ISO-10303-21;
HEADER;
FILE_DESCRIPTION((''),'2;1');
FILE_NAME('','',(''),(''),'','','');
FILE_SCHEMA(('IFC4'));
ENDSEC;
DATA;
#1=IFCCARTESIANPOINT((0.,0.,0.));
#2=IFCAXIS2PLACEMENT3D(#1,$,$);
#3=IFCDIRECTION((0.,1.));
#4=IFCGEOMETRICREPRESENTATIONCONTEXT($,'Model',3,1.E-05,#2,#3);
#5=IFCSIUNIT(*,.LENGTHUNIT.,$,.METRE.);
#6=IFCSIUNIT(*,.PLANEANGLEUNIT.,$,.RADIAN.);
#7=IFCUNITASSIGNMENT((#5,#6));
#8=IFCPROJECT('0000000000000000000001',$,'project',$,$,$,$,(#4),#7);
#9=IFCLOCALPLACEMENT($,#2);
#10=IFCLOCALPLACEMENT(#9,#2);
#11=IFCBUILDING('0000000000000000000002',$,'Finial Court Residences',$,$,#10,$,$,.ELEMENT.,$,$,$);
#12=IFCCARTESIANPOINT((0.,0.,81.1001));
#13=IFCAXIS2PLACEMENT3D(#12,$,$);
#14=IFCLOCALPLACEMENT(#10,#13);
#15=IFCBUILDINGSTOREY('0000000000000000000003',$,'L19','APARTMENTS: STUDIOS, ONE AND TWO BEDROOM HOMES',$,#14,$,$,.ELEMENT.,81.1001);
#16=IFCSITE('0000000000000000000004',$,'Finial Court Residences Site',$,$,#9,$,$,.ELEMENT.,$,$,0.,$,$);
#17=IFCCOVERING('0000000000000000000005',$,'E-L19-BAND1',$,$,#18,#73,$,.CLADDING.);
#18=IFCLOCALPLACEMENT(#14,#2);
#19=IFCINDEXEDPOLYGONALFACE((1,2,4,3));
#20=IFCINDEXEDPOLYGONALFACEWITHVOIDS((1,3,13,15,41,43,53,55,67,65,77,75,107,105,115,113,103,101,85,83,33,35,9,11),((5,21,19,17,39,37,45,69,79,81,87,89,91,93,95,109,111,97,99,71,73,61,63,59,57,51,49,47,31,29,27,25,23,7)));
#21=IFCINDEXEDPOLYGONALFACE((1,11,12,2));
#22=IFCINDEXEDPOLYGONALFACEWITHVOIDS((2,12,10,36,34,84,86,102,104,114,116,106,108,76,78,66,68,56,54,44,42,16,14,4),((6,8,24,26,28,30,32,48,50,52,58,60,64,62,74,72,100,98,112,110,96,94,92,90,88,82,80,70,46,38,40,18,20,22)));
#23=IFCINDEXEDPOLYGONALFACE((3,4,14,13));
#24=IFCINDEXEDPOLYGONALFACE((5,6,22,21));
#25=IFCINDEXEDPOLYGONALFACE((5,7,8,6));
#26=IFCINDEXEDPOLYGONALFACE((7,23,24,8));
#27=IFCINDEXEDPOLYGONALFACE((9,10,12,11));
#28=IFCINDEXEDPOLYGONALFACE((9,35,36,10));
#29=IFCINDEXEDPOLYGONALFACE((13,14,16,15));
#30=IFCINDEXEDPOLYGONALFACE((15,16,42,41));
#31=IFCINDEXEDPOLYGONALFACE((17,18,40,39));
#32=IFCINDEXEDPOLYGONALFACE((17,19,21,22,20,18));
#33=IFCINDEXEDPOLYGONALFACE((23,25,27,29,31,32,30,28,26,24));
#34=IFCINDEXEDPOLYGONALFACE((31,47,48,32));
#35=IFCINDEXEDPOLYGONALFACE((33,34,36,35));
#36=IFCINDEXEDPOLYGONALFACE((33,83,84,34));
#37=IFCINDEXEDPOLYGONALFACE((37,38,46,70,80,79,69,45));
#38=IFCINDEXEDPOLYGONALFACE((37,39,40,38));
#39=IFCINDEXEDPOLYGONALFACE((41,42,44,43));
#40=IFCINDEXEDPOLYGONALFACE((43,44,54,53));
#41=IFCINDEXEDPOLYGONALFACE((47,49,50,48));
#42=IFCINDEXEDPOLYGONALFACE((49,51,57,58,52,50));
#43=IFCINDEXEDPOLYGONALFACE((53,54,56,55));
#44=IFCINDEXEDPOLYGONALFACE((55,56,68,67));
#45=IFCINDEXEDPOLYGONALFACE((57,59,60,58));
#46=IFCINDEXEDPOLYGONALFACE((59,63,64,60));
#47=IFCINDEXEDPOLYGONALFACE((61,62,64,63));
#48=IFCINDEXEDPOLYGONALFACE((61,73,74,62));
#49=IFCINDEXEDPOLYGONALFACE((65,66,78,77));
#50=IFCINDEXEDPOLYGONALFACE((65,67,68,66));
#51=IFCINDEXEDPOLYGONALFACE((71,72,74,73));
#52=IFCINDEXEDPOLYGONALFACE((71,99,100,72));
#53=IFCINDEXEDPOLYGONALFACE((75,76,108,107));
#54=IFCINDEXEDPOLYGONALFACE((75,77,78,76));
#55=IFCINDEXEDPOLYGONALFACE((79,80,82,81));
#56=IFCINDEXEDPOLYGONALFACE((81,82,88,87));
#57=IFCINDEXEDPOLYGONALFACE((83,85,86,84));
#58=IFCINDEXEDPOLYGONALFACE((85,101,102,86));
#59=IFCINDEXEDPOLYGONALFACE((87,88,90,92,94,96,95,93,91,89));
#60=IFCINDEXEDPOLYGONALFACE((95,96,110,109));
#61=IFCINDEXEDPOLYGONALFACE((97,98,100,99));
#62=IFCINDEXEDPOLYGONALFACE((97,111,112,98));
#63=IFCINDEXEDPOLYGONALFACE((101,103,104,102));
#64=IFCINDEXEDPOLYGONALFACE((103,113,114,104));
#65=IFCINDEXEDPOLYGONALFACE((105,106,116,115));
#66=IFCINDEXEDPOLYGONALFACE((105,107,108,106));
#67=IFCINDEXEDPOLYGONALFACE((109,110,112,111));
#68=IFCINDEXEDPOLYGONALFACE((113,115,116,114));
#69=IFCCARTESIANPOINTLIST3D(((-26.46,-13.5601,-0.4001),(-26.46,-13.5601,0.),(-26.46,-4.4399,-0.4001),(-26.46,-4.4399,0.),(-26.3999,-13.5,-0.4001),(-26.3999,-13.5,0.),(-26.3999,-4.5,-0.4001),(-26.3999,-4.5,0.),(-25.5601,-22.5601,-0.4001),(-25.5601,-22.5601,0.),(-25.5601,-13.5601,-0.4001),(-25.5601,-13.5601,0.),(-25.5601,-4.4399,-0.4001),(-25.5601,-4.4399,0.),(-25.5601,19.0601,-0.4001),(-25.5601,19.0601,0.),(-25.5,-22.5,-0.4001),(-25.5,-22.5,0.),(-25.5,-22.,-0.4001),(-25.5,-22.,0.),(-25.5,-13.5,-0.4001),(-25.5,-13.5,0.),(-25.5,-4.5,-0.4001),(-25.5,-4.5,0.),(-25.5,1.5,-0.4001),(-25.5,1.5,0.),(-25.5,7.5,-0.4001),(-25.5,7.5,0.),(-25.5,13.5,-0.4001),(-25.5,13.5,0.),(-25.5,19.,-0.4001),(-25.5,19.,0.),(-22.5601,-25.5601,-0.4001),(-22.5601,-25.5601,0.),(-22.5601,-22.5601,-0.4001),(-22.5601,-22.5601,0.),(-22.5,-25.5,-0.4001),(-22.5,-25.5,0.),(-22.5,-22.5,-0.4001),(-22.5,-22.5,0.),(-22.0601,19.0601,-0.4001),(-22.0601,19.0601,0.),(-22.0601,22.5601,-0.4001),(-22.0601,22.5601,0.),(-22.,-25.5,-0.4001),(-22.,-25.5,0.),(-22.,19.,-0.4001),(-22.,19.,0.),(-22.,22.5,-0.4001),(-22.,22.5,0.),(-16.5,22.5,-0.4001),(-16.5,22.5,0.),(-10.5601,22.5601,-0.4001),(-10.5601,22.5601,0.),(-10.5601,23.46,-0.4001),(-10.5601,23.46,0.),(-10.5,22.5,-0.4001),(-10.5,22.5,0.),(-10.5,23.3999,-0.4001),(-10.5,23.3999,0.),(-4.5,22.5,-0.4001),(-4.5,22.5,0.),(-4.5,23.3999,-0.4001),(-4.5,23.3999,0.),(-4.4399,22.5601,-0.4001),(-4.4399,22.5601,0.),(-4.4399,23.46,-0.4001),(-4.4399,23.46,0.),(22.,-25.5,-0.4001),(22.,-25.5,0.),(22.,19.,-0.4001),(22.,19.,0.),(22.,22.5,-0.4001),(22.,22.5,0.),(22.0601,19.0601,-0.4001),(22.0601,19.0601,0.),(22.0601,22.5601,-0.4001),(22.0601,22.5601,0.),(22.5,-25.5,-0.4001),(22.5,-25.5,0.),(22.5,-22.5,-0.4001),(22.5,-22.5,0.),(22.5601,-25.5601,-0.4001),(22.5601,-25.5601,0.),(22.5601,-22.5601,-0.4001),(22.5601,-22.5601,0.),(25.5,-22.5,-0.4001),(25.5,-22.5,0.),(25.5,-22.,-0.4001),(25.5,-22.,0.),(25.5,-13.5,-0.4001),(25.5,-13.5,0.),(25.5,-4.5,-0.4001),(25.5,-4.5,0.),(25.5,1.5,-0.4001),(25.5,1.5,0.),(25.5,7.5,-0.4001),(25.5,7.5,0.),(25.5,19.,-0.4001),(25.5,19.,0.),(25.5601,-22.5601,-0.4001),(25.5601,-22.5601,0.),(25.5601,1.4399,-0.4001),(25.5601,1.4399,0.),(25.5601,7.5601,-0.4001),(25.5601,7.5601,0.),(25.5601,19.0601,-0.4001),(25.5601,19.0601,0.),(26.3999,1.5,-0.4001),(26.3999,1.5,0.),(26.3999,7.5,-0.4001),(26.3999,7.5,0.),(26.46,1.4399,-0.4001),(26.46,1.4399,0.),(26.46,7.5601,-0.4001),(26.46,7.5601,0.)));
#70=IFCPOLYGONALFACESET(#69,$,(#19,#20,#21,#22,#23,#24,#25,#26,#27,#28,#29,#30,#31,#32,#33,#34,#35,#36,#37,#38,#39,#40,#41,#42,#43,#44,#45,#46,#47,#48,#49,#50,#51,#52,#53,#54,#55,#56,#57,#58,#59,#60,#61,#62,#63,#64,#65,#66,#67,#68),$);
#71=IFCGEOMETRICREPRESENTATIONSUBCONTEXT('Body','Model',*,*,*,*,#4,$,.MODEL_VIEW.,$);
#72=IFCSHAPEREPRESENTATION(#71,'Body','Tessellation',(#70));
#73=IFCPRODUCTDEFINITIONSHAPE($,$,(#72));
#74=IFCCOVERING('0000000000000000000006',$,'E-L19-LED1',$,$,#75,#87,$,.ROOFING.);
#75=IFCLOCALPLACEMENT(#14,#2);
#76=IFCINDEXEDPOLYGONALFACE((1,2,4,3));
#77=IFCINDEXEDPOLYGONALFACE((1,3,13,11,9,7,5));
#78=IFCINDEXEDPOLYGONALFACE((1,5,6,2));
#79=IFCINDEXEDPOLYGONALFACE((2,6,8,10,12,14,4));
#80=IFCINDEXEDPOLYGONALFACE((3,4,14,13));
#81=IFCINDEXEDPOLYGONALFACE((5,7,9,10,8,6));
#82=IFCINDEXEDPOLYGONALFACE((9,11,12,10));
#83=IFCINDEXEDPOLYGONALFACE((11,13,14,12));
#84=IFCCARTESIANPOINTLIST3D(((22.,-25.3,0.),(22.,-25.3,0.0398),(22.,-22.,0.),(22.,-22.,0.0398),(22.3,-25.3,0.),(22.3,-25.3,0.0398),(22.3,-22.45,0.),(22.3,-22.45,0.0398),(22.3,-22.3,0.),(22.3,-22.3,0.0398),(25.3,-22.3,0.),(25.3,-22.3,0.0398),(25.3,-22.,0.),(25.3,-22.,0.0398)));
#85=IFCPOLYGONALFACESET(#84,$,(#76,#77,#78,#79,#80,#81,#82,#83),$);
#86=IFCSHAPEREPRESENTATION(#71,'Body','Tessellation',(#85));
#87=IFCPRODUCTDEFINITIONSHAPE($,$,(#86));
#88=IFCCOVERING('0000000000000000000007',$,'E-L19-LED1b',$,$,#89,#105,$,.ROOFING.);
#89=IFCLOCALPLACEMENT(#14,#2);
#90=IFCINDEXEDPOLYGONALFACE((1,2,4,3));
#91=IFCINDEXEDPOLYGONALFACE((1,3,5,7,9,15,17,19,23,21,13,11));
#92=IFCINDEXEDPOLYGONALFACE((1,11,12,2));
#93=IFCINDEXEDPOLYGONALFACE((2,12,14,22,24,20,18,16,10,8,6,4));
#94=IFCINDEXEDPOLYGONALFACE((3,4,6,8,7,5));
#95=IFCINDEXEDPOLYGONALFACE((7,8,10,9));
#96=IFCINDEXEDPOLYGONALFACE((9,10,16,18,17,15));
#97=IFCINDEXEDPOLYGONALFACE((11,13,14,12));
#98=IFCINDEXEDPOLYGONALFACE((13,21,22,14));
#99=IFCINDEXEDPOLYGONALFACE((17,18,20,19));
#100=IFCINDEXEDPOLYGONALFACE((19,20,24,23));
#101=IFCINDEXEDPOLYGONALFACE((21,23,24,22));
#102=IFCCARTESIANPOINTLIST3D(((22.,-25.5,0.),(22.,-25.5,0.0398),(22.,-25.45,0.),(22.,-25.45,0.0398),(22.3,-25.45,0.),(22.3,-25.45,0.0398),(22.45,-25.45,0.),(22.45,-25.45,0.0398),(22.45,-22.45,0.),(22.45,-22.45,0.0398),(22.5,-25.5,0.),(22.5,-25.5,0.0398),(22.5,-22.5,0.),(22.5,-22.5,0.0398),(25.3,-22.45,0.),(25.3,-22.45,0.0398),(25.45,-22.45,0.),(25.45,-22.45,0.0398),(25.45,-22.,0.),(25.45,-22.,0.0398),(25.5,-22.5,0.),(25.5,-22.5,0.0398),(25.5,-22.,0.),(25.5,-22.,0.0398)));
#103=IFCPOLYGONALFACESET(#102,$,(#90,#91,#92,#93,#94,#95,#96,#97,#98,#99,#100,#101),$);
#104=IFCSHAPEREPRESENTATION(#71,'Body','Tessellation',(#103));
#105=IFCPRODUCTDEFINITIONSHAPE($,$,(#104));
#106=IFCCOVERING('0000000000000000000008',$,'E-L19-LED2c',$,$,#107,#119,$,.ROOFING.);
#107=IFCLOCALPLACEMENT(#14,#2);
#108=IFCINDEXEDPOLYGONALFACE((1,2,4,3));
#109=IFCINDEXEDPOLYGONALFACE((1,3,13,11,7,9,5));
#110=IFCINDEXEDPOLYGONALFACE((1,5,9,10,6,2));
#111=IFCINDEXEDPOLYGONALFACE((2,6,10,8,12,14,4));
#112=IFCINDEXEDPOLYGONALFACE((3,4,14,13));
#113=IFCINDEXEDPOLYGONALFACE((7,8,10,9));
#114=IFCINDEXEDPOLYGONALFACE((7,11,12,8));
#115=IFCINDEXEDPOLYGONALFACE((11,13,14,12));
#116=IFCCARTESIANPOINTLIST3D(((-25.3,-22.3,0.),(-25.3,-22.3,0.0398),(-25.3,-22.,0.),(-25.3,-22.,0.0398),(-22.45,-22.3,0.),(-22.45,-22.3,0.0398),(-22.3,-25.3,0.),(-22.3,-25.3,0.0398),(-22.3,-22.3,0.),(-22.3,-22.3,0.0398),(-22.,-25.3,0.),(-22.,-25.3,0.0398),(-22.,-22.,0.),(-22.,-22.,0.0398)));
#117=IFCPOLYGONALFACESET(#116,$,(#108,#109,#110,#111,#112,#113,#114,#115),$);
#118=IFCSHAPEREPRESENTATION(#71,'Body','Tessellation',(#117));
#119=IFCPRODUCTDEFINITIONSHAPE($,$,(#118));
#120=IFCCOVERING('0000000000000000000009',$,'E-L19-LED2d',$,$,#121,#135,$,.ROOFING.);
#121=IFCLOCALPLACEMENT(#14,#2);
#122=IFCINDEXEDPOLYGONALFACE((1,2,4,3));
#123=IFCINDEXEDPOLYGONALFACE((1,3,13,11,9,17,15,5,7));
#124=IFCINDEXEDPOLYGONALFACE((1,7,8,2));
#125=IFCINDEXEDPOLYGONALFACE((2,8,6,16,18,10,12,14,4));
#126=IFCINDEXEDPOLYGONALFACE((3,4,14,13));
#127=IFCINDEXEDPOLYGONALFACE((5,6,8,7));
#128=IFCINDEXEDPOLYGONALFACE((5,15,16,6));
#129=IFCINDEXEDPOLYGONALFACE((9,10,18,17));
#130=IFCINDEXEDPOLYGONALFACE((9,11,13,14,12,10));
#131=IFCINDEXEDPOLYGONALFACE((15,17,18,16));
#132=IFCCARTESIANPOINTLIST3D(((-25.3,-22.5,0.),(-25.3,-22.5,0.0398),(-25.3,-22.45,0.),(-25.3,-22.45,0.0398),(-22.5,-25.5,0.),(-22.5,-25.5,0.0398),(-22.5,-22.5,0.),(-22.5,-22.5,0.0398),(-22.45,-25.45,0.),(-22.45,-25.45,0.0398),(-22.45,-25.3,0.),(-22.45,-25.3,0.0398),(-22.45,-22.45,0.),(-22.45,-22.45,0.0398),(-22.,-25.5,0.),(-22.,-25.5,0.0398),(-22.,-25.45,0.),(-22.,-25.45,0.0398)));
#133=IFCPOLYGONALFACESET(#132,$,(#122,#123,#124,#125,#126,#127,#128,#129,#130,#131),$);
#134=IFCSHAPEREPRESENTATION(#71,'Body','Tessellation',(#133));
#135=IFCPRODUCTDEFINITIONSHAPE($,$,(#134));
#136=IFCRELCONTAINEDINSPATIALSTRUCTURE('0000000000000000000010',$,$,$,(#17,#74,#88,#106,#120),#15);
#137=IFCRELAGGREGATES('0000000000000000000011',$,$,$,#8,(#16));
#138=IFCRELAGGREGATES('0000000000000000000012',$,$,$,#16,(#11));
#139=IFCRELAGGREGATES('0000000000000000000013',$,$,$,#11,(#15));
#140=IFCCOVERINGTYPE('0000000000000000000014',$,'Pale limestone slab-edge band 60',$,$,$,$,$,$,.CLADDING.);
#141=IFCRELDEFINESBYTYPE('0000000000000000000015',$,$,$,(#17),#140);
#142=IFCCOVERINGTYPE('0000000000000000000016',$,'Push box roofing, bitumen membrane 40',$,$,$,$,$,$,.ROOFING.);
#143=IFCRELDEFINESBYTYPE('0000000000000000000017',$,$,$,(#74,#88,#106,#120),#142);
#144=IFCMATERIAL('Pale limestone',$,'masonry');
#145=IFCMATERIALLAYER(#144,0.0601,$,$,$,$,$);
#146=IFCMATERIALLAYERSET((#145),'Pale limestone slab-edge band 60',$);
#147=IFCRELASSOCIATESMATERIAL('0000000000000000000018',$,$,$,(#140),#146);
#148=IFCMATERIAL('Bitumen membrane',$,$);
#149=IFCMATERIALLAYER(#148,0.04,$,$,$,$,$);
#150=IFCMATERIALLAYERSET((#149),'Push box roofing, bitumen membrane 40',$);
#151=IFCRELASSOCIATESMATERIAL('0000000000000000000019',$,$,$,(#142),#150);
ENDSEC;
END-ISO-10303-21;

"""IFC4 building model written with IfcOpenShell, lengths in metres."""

from ifc_helpers import new_model, si_unit, direction, frame, origin, place, context, subcontext, project, spatial, polyline, outline, extrude, material, layer, layer_set, type_object, element, save


model = new_model("IFC4")

# Units and contexts
model_context = context("Model", 3, precision=1e-05, world=origin(), true_north=direction((0.0, 1.0)))
body_context = subcontext(model_context, "Body", "Model", "MODEL_VIEW")
ifc_project = project(units=[si_unit("LENGTHUNIT", "METRE"), si_unit("PLANEANGLEUNIT", "RADIAN")], contexts=[model_context])

# Site, building, storey
site_placement = place(None, origin())
site = spatial("IfcSite", under=ifc_project, at=site_placement, Name="Finial Court Residences Site", CompositionType="ELEMENT", RefElevation=0.0)
building_placement = place(site_placement, origin())
building = spatial("IfcBuilding", under=site, at=building_placement, Name="Finial Court Residences", CompositionType="ELEMENT")
storey_placement = place(building_placement, frame((0.0, 0.0, 81.1001)))
storey = spatial("IfcBuildingStorey", under=building, at=storey_placement, Name="L19", Description="APARTMENTS: STUDIOS, ONE AND TWO BEDROOM HOMES", CompositionType="ELEMENT", Elevation=81.1001)

# Coverings
ifc_material_1 = material(Name="Pale limestone", Category="masonry")
ifc_layer_1 = layer(ifc_material_1, 0.0601)
ifc_layer_set_1 = layer_set([ifc_layer_1], Name="Pale limestone slab-edge band 60")
covering_type_1 = type_object("IfcCoveringType", Name="Pale limestone slab-edge band 60", PredefinedType="CLADDING", material=ifc_layer_set_1)
covering_1_placement = place(storey_placement, frame((0.0, 0.0, -0.4001)))
element("IfcCovering", 1, at=covering_1_placement, inside=storey, type_object=covering_type_1, Name="E-L19-BAND1", PredefinedType="CLADDING", context=body_context, shape_type="SweptSolid", body=[
    extrude(outline(polyline([(-22.5601, -22.5601), (-25.5601, -22.5601), (-25.5601, -13.5601), (-26.46, -13.5601), (-26.46, -4.4399), (-25.5601, -4.4399), (-25.5601, 19.0601), (-22.0601, 19.0601), (-22.0601, 22.5601), (-10.5601, 22.5601), (-10.5601, 23.46), (-4.4399, 23.46), (-4.4399, 22.5601), (22.0601, 22.5601), (22.0601, 19.0601), (25.5601, 19.0601), (25.5601, 7.5601), (26.46, 7.5601), (26.46, 1.4399), (25.5601, 1.4399), (25.5601, -22.5601), (22.5601, -22.5601), (22.5601, -25.5601), (-22.5601, -25.5601), (-22.5601, -22.5601)]), holes=[polyline([(-22.0, -25.5), (22.0, -25.5), (22.5, -25.5), (22.5, -22.5), (25.5, -22.5), (25.5, -22.0), (25.5, -13.5), (25.5, -4.5), (25.5, 1.5), (26.3999, 1.5), (26.3999, 7.5), (25.5, 7.5), (25.5, 19.0), (22.0, 19.0), (22.0, 22.5), (-4.5, 22.5), (-4.5, 23.3999), (-10.5, 23.3999), (-10.5, 22.5), (-16.5, 22.5), (-22.0, 22.5), (-22.0, 19.0), (-25.5, 19.0), (-25.5, 13.5), (-25.5, 7.5), (-25.5, 1.5), (-25.5, -4.5), (-26.3999, -4.5), (-26.3999, -13.5), (-25.5, -13.5), (-25.5, -22.0), (-25.5, -22.5), (-22.5, -22.5), (-22.5, -25.5), (-22.0, -25.5)])]), origin(), (0.0, 0.0, 1.0), 0.4001),
])
ifc_material_2 = material(Name="Bitumen membrane")
ifc_layer_2 = layer(ifc_material_2, 0.04)
ifc_layer_set_2 = layer_set([ifc_layer_2], Name="Push box roofing, bitumen membrane 40")
covering_type_2 = type_object("IfcCoveringType", Name="Push box roofing, bitumen membrane 40", PredefinedType="ROOFING", material=ifc_layer_set_2)
covering_2_placement = place(storey_placement, origin())
element("IfcCovering", 2, at=covering_2_placement, inside=storey, type_object=covering_type_2, Name="E-L19-LED1", PredefinedType="ROOFING", context=body_context, shape_type="SweptSolid", body=[
    extrude(outline(polyline([(25.3, -22.0), (25.3, -22.3), (22.3, -22.3), (22.3, -22.45), (22.3, -25.3), (22.0, -25.3), (22.0, -22.0), (25.3, -22.0)])), origin(), (0.0, 0.0, 1.0), 0.0398),
])
covering_3_placement = place(storey_placement, origin())
element("IfcCovering", 3, at=covering_3_placement, inside=storey, type_object=covering_type_2, Name="E-L19-LED1b", PredefinedType="ROOFING", context=body_context, shape_type="SweptSolid", body=[
    extrude(outline(polyline([(25.5, -22.0), (25.5, -22.5), (22.5, -22.5), (22.5, -25.5), (22.0, -25.5), (22.0, -25.45), (22.3, -25.45), (22.45, -25.45), (22.45, -22.45), (25.3, -22.45), (25.45, -22.45), (25.45, -22.0), (25.5, -22.0)])), origin(), (0.0, 0.0, 1.0), 0.0398),
])
covering_4_placement = place(storey_placement, origin())
element("IfcCovering", 4, at=covering_4_placement, inside=storey, type_object=covering_type_2, Name="E-L19-LED2c", PredefinedType="ROOFING", context=body_context, shape_type="SweptSolid", body=[
    extrude(outline(polyline([(-22.0, -22.0), (-22.0, -25.3), (-22.3, -25.3), (-22.3, -22.3), (-22.45, -22.3), (-25.3, -22.3), (-25.3, -22.0), (-22.0, -22.0)])), origin(), (0.0, 0.0, 1.0), 0.0398),
])
covering_5_placement = place(storey_placement, origin())
element("IfcCovering", 5, at=covering_5_placement, inside=storey, type_object=covering_type_2, Name="E-L19-LED2d", PredefinedType="ROOFING", context=body_context, shape_type="SweptSolid", body=[
    extrude(outline(polyline([(-22.0, -25.5), (-22.5, -25.5), (-22.5, -22.5), (-25.3, -22.5), (-25.3, -22.45), (-22.45, -22.45), (-22.45, -25.3), (-22.45, -25.45), (-22.0, -25.45), (-22.0, -25.5)])), origin(), (0.0, 0.0, 1.0), 0.0398),
])

save(model, "model.ifc")
